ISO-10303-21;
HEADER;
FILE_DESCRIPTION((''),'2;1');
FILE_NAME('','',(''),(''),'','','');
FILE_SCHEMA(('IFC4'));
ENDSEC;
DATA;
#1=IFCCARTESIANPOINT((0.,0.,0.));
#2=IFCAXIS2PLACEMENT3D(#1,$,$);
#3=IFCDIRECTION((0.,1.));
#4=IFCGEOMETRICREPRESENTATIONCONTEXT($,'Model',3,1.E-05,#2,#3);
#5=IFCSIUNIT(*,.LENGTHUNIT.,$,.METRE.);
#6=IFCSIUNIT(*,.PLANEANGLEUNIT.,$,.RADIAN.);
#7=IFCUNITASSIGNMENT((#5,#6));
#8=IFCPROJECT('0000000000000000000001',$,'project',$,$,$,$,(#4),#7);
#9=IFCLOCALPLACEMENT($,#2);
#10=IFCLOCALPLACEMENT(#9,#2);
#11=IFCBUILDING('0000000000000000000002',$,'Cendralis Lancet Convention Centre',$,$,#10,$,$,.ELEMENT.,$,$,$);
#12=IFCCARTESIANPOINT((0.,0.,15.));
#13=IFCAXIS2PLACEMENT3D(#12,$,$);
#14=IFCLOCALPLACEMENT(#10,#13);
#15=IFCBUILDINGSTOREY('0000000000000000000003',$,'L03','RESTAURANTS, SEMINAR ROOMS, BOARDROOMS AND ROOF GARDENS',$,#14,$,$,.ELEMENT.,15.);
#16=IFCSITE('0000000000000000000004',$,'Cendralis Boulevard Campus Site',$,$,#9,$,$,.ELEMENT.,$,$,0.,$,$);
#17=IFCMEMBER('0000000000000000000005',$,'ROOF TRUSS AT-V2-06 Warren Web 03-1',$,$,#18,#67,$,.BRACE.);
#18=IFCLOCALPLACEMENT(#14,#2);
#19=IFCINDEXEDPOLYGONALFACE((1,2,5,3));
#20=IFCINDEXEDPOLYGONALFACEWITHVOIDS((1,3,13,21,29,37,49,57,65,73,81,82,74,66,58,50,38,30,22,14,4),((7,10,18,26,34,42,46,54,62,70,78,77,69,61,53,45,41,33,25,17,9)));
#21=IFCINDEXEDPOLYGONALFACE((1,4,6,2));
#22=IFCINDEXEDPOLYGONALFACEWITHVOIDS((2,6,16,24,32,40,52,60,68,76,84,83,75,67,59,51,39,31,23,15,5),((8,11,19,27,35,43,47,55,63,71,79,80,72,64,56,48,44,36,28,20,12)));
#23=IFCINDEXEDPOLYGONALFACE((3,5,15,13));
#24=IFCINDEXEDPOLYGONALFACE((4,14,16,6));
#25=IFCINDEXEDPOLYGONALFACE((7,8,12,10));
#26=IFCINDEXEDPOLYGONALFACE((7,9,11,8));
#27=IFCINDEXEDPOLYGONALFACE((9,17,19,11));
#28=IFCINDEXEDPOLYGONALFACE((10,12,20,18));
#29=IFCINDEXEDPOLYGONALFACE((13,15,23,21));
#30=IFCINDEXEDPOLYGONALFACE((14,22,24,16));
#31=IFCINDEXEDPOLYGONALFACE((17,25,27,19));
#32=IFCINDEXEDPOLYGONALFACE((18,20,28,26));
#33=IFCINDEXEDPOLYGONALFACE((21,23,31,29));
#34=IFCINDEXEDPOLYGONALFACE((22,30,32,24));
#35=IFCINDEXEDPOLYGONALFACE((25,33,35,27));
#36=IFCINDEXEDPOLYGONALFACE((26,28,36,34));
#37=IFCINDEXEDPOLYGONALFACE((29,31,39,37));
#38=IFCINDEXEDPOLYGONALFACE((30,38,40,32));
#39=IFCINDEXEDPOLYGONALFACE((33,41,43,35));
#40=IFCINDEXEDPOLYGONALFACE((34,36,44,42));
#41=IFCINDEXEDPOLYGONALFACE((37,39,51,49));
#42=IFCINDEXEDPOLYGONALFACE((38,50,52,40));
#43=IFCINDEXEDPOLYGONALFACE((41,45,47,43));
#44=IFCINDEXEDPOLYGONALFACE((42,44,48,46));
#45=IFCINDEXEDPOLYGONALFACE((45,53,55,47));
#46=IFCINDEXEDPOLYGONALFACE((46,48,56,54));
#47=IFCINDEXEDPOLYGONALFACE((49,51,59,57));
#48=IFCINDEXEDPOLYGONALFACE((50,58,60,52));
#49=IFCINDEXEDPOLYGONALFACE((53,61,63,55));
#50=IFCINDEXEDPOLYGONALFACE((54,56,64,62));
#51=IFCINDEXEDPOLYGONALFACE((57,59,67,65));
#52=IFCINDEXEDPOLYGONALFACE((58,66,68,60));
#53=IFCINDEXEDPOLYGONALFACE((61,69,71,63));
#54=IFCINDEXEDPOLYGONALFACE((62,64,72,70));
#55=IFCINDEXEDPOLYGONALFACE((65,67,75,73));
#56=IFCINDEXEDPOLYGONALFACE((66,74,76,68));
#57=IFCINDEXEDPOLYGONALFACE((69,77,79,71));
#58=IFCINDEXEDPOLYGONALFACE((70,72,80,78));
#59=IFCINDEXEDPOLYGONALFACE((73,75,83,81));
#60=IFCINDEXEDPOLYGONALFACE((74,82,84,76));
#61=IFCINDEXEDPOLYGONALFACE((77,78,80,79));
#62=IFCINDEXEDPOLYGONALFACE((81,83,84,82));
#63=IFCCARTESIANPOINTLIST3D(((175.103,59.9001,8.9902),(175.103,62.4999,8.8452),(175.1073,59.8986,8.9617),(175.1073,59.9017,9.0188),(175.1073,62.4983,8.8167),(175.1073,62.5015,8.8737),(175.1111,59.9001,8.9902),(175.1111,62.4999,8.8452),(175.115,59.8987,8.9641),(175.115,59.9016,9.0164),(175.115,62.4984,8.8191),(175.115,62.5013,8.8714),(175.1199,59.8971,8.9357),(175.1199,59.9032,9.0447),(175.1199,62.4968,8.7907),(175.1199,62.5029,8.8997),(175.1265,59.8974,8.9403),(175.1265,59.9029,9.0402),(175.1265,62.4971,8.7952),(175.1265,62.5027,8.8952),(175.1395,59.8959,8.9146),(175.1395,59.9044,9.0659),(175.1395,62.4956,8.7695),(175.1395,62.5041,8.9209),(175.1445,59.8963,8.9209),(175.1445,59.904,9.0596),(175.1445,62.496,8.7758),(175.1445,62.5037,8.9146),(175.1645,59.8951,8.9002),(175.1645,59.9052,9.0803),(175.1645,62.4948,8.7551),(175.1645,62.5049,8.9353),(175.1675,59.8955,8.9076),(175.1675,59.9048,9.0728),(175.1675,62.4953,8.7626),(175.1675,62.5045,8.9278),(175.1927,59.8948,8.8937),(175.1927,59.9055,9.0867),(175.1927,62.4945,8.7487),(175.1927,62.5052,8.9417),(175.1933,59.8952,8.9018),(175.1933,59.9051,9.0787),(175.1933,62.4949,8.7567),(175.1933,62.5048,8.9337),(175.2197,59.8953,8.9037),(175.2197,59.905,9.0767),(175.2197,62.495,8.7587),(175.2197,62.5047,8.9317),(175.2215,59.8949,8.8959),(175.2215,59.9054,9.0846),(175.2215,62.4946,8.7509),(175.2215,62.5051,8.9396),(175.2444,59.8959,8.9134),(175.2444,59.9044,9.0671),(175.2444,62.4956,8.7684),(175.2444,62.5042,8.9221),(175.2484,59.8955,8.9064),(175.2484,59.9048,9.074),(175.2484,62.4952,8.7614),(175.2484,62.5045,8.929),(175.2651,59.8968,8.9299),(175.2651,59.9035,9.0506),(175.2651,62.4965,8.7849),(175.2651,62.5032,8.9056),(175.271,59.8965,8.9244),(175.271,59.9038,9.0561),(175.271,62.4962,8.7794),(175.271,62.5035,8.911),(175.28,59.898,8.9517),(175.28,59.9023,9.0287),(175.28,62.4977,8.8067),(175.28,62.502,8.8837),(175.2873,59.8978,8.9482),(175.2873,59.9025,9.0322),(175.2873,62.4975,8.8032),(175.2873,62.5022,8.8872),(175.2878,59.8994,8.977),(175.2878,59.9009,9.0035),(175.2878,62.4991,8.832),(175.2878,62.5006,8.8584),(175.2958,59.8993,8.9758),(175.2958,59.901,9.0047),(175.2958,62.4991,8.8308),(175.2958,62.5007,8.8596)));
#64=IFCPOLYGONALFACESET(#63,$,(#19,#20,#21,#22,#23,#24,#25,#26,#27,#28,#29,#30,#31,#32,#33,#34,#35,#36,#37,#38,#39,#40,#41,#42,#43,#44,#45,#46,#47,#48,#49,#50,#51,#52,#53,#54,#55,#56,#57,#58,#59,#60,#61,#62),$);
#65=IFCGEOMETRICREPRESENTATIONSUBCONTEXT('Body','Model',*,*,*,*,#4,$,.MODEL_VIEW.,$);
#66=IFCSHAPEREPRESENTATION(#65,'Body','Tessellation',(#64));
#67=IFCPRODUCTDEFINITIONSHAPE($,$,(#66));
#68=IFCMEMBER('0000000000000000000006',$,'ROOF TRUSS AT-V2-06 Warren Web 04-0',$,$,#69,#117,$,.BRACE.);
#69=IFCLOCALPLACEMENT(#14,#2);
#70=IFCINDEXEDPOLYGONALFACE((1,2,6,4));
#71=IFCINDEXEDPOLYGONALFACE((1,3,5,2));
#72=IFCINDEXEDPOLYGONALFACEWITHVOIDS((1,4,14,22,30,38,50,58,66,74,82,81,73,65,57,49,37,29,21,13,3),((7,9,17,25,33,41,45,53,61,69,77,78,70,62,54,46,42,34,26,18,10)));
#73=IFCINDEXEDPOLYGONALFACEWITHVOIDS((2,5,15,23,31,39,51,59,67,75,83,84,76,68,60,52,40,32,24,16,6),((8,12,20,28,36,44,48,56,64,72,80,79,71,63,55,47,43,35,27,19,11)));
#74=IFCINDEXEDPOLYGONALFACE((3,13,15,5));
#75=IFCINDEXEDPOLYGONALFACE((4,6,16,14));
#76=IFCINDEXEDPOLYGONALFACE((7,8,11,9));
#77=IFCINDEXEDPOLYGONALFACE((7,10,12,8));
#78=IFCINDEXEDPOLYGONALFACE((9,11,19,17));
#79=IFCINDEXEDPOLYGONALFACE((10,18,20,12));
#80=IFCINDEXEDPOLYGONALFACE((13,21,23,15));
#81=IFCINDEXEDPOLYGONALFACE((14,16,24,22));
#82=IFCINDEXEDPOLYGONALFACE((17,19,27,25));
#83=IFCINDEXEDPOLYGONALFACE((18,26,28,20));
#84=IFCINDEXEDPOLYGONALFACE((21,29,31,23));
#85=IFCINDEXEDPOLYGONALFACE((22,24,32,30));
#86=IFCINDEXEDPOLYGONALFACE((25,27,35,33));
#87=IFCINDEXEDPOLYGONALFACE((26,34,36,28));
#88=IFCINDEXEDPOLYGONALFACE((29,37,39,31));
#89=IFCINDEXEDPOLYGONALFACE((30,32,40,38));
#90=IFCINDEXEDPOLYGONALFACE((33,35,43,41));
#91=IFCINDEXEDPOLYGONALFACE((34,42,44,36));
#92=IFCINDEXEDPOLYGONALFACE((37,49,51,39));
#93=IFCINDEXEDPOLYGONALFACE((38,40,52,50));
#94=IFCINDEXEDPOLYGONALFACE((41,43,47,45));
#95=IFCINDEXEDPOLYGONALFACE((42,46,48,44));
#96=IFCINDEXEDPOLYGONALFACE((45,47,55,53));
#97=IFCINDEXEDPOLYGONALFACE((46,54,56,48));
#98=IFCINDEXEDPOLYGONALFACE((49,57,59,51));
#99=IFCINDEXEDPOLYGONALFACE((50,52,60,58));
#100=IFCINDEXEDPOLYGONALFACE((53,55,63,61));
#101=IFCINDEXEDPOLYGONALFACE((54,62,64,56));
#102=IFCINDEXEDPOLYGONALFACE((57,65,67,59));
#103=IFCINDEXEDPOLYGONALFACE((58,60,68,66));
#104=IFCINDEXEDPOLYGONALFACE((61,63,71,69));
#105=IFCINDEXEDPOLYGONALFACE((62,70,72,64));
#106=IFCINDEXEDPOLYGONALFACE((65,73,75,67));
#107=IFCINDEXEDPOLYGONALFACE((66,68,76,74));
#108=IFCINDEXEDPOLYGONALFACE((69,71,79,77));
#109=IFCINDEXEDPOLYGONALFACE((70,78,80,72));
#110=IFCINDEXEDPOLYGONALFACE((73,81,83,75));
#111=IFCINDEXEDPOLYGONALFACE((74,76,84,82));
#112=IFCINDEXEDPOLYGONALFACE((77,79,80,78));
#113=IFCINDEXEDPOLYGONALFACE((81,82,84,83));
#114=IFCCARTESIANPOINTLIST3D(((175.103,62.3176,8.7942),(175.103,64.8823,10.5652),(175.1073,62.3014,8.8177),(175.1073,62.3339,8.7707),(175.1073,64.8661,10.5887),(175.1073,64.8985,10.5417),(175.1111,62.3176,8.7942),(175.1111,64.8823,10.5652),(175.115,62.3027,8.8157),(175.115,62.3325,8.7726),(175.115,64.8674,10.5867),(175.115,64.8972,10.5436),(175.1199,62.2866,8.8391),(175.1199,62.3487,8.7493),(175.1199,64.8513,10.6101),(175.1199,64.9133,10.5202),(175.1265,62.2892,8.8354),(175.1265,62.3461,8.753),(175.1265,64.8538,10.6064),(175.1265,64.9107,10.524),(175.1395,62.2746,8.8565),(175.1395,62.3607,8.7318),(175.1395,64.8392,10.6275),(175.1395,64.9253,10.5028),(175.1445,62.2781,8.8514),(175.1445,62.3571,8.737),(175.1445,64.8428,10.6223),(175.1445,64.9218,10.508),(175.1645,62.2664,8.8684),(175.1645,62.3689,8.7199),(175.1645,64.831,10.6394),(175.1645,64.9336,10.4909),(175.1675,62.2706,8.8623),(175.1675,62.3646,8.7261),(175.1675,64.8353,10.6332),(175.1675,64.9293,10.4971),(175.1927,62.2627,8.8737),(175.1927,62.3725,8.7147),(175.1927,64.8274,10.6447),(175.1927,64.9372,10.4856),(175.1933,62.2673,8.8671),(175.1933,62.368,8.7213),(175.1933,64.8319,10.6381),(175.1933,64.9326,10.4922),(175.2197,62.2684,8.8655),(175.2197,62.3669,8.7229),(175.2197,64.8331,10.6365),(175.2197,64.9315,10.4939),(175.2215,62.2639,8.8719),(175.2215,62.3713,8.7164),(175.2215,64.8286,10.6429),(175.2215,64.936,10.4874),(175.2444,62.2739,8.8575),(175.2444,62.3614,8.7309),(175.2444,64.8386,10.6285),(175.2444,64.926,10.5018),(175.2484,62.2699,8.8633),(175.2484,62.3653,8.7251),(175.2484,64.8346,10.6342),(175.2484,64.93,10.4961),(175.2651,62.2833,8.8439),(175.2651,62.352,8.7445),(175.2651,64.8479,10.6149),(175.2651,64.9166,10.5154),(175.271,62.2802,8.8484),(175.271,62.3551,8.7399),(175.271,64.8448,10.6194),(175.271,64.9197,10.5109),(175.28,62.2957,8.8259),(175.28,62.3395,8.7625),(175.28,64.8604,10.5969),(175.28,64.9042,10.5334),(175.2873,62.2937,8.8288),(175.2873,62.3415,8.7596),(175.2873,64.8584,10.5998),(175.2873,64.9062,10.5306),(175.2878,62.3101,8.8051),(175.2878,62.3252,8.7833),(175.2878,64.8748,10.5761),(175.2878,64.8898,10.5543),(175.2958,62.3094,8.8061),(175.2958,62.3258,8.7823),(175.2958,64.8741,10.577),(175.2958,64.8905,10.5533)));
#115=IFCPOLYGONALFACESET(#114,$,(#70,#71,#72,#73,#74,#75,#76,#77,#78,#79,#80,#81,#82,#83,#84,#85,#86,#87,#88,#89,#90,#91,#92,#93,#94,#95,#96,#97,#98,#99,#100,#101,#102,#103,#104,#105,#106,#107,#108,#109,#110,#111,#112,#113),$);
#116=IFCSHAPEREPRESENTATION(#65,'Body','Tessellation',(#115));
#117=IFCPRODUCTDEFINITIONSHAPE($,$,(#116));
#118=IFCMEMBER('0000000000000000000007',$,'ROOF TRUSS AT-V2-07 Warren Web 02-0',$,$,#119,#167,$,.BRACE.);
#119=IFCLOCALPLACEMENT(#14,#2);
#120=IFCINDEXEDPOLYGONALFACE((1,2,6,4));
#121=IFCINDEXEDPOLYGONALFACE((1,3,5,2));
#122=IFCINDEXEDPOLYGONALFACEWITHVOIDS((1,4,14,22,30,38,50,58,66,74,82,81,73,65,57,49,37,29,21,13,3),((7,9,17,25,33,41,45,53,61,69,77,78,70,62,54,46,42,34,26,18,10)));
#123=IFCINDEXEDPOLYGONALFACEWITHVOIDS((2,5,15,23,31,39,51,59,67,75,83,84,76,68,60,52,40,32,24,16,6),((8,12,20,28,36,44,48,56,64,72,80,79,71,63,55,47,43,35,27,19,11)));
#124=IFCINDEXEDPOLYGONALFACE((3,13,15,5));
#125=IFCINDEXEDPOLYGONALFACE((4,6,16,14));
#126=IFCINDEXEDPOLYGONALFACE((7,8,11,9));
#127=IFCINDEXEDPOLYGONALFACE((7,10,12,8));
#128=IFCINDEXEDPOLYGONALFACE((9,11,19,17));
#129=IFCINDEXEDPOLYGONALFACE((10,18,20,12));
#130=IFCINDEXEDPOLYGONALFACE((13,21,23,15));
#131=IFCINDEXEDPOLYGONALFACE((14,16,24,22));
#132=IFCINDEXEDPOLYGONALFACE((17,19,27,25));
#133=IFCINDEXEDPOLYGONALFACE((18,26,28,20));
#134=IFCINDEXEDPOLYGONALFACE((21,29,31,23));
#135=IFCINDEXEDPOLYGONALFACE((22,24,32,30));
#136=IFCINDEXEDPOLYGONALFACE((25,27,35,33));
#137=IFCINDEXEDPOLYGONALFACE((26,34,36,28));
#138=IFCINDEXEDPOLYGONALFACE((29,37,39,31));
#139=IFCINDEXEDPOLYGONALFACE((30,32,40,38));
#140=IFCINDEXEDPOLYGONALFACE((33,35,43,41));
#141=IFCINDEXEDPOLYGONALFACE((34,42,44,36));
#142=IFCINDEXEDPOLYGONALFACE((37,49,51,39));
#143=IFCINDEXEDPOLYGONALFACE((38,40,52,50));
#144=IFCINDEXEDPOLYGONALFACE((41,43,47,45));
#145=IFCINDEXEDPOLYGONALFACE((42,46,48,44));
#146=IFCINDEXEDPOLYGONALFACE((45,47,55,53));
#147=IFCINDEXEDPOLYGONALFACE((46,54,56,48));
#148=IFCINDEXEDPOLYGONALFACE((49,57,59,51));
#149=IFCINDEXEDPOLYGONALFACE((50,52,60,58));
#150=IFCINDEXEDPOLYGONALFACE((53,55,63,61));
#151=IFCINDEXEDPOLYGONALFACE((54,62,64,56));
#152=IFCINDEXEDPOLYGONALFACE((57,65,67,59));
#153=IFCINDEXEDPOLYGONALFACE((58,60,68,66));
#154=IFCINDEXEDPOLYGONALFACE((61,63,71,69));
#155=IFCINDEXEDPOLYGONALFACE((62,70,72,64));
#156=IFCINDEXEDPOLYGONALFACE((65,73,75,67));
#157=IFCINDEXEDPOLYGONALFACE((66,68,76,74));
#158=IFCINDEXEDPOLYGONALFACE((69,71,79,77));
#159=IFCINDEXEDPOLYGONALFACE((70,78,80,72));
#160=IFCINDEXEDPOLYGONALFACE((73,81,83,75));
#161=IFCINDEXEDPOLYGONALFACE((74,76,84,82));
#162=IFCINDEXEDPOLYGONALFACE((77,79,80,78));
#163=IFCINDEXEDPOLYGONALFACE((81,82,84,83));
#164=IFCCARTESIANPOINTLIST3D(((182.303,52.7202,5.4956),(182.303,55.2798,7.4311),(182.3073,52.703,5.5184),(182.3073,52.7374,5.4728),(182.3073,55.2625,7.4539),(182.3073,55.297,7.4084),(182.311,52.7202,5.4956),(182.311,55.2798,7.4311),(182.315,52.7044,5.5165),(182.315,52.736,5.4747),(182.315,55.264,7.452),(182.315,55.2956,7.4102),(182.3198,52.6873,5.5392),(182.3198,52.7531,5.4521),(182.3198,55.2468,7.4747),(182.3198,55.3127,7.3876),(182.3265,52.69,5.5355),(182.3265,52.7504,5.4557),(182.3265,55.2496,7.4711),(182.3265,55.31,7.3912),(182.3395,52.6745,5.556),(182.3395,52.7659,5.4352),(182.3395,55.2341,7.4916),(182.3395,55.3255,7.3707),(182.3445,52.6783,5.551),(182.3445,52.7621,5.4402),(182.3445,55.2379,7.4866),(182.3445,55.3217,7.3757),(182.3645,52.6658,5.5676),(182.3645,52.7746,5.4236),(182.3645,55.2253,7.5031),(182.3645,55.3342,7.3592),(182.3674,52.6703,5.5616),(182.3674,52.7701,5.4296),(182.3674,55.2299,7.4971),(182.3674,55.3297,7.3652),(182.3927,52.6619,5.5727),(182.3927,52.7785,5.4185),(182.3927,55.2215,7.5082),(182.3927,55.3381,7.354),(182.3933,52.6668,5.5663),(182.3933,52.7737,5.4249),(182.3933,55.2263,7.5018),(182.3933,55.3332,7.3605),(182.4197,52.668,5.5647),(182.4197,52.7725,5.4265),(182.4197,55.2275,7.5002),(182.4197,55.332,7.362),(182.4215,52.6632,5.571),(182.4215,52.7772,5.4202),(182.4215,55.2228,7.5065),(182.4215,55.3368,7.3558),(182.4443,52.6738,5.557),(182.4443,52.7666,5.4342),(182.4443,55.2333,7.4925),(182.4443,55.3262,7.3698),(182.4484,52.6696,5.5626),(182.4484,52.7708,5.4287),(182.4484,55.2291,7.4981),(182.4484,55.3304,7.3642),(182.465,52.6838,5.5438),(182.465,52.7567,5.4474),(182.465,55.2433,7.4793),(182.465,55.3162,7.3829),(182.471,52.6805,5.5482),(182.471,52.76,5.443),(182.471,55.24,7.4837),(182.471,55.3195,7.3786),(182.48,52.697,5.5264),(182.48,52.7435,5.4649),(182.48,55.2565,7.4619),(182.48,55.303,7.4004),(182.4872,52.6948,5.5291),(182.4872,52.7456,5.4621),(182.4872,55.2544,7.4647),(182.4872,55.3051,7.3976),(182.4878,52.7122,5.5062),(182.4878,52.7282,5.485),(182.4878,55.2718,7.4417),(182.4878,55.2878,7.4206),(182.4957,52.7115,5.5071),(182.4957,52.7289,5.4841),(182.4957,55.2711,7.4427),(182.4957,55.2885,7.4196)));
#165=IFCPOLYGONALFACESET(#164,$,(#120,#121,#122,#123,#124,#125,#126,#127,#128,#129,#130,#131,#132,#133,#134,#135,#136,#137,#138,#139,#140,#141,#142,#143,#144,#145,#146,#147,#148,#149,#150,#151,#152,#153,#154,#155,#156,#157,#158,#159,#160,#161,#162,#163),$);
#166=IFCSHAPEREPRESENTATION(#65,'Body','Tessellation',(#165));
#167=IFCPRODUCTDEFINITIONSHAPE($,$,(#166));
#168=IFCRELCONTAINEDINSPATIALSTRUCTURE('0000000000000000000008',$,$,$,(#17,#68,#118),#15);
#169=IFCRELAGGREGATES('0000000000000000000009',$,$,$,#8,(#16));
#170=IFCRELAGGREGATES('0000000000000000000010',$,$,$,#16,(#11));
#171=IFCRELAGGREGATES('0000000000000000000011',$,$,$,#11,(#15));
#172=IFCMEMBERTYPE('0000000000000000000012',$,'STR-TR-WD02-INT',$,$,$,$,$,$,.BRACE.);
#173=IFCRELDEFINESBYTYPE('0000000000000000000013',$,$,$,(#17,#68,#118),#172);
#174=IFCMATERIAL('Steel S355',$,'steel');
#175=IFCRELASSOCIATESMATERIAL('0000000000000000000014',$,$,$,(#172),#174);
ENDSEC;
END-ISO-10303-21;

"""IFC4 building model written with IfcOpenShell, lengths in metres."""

from ifc_helpers import new_model, si_unit, direction, frame, origin, origin_2d, place, context, subcontext, project, spatial, hollow_circle, extrude, material, material_profile, profile_set, type_object, element, save


model = new_model("IFC4")

# Units and contexts
model_context = context("Model", 3, precision=1e-05, world=origin(), true_north=direction((0.0, 1.0)))
body_context = subcontext(model_context, "Body", "Model", "MODEL_VIEW")
ifc_project = project(units=[si_unit("LENGTHUNIT", "METRE"), si_unit("PLANEANGLEUNIT", "RADIAN")], contexts=[model_context])

# Site, building, storey
site_placement = place(None, origin())
site = spatial("IfcSite", under=ifc_project, at=site_placement, Name="Cendralis Boulevard Campus Site", CompositionType="ELEMENT", RefElevation=0.0)
building_placement = place(site_placement, origin())
building = spatial("IfcBuilding", under=site, at=building_placement, Name="Cendralis Lancet Convention Centre", CompositionType="ELEMENT")
storey_placement = place(building_placement, frame((0.0, 0.0, 15.0)))
storey = spatial("IfcBuildingStorey", under=building, at=storey_placement, Name="L03", Description="RESTAURANTS, SEMINAR ROOMS, BOARDROOMS AND ROOF GARDENS", CompositionType="ELEMENT", Elevation=15.0)

# Members
ifc_material = material(Name="Steel S355", Category="steel")
ifc_material_profile_1 = material_profile(ifc_material, hollow_circle(Radius=0.0969, WallThickness=0.0081, at=origin_2d()), Name="CHS 193.7x8.0")
ifc_profile_set_1 = profile_set([ifc_material_profile_1], Name="Steel S355")
member_type_1 = type_object("IfcMemberType", Name="STR-TR-WD02-INT", PredefinedType="BRACE", material=ifc_profile_set_1)
member_1_placement = place(storey_placement, frame((175.2, 59.9001, 8.9902), z_axis=(0.0, 0.998448, -0.055699), x_axis=(-1.0, 0.0, 0.0)))
element("IfcMember", 1, at=member_1_placement, inside=storey, type_object=member_type_1, Name="ROOF TRUSS AT-V2-06 Warren Web 03-1", PredefinedType="BRACE", context=body_context, shape_type="SweptSolid", body=[
    extrude(hollow_circle(Radius=0.0969, WallThickness=0.0081, at=origin_2d()), origin(), (0.0, 0.0, 1.0), 2.6038),
])
member_2_placement = place(storey_placement, frame((175.2, 62.3176, 8.7942), z_axis=(0.0, 0.822877, 0.56822), x_axis=(-1.0, 0.0, 0.0)))
element("IfcMember", 2, at=member_2_placement, inside=storey, type_object=member_type_1, Name="ROOF TRUSS AT-V2-06 Warren Web 04-0", PredefinedType="BRACE", context=body_context, shape_type="SweptSolid", body=[
    extrude(hollow_circle(Radius=0.0969, WallThickness=0.0081, at=origin_2d()), origin(), (0.0, 0.0, 1.0), 3.1167),
])
member_3_placement = place(storey_placement, frame((182.3999, 52.7202, 5.4956), z_axis=(0.0, 0.79762, 0.60316), x_axis=(-1.0, 0.0, 0.0)))
element("IfcMember", 3, at=member_3_placement, inside=storey, type_object=member_type_1, Name="ROOF TRUSS AT-V2-07 Warren Web 02-0", PredefinedType="BRACE", context=body_context, shape_type="SweptSolid", body=[
    extrude(hollow_circle(Radius=0.0969, WallThickness=0.0081, at=origin_2d()), origin(), (0.0, 0.0, 1.0), 3.209),
])

save(model, "model.ifc")
